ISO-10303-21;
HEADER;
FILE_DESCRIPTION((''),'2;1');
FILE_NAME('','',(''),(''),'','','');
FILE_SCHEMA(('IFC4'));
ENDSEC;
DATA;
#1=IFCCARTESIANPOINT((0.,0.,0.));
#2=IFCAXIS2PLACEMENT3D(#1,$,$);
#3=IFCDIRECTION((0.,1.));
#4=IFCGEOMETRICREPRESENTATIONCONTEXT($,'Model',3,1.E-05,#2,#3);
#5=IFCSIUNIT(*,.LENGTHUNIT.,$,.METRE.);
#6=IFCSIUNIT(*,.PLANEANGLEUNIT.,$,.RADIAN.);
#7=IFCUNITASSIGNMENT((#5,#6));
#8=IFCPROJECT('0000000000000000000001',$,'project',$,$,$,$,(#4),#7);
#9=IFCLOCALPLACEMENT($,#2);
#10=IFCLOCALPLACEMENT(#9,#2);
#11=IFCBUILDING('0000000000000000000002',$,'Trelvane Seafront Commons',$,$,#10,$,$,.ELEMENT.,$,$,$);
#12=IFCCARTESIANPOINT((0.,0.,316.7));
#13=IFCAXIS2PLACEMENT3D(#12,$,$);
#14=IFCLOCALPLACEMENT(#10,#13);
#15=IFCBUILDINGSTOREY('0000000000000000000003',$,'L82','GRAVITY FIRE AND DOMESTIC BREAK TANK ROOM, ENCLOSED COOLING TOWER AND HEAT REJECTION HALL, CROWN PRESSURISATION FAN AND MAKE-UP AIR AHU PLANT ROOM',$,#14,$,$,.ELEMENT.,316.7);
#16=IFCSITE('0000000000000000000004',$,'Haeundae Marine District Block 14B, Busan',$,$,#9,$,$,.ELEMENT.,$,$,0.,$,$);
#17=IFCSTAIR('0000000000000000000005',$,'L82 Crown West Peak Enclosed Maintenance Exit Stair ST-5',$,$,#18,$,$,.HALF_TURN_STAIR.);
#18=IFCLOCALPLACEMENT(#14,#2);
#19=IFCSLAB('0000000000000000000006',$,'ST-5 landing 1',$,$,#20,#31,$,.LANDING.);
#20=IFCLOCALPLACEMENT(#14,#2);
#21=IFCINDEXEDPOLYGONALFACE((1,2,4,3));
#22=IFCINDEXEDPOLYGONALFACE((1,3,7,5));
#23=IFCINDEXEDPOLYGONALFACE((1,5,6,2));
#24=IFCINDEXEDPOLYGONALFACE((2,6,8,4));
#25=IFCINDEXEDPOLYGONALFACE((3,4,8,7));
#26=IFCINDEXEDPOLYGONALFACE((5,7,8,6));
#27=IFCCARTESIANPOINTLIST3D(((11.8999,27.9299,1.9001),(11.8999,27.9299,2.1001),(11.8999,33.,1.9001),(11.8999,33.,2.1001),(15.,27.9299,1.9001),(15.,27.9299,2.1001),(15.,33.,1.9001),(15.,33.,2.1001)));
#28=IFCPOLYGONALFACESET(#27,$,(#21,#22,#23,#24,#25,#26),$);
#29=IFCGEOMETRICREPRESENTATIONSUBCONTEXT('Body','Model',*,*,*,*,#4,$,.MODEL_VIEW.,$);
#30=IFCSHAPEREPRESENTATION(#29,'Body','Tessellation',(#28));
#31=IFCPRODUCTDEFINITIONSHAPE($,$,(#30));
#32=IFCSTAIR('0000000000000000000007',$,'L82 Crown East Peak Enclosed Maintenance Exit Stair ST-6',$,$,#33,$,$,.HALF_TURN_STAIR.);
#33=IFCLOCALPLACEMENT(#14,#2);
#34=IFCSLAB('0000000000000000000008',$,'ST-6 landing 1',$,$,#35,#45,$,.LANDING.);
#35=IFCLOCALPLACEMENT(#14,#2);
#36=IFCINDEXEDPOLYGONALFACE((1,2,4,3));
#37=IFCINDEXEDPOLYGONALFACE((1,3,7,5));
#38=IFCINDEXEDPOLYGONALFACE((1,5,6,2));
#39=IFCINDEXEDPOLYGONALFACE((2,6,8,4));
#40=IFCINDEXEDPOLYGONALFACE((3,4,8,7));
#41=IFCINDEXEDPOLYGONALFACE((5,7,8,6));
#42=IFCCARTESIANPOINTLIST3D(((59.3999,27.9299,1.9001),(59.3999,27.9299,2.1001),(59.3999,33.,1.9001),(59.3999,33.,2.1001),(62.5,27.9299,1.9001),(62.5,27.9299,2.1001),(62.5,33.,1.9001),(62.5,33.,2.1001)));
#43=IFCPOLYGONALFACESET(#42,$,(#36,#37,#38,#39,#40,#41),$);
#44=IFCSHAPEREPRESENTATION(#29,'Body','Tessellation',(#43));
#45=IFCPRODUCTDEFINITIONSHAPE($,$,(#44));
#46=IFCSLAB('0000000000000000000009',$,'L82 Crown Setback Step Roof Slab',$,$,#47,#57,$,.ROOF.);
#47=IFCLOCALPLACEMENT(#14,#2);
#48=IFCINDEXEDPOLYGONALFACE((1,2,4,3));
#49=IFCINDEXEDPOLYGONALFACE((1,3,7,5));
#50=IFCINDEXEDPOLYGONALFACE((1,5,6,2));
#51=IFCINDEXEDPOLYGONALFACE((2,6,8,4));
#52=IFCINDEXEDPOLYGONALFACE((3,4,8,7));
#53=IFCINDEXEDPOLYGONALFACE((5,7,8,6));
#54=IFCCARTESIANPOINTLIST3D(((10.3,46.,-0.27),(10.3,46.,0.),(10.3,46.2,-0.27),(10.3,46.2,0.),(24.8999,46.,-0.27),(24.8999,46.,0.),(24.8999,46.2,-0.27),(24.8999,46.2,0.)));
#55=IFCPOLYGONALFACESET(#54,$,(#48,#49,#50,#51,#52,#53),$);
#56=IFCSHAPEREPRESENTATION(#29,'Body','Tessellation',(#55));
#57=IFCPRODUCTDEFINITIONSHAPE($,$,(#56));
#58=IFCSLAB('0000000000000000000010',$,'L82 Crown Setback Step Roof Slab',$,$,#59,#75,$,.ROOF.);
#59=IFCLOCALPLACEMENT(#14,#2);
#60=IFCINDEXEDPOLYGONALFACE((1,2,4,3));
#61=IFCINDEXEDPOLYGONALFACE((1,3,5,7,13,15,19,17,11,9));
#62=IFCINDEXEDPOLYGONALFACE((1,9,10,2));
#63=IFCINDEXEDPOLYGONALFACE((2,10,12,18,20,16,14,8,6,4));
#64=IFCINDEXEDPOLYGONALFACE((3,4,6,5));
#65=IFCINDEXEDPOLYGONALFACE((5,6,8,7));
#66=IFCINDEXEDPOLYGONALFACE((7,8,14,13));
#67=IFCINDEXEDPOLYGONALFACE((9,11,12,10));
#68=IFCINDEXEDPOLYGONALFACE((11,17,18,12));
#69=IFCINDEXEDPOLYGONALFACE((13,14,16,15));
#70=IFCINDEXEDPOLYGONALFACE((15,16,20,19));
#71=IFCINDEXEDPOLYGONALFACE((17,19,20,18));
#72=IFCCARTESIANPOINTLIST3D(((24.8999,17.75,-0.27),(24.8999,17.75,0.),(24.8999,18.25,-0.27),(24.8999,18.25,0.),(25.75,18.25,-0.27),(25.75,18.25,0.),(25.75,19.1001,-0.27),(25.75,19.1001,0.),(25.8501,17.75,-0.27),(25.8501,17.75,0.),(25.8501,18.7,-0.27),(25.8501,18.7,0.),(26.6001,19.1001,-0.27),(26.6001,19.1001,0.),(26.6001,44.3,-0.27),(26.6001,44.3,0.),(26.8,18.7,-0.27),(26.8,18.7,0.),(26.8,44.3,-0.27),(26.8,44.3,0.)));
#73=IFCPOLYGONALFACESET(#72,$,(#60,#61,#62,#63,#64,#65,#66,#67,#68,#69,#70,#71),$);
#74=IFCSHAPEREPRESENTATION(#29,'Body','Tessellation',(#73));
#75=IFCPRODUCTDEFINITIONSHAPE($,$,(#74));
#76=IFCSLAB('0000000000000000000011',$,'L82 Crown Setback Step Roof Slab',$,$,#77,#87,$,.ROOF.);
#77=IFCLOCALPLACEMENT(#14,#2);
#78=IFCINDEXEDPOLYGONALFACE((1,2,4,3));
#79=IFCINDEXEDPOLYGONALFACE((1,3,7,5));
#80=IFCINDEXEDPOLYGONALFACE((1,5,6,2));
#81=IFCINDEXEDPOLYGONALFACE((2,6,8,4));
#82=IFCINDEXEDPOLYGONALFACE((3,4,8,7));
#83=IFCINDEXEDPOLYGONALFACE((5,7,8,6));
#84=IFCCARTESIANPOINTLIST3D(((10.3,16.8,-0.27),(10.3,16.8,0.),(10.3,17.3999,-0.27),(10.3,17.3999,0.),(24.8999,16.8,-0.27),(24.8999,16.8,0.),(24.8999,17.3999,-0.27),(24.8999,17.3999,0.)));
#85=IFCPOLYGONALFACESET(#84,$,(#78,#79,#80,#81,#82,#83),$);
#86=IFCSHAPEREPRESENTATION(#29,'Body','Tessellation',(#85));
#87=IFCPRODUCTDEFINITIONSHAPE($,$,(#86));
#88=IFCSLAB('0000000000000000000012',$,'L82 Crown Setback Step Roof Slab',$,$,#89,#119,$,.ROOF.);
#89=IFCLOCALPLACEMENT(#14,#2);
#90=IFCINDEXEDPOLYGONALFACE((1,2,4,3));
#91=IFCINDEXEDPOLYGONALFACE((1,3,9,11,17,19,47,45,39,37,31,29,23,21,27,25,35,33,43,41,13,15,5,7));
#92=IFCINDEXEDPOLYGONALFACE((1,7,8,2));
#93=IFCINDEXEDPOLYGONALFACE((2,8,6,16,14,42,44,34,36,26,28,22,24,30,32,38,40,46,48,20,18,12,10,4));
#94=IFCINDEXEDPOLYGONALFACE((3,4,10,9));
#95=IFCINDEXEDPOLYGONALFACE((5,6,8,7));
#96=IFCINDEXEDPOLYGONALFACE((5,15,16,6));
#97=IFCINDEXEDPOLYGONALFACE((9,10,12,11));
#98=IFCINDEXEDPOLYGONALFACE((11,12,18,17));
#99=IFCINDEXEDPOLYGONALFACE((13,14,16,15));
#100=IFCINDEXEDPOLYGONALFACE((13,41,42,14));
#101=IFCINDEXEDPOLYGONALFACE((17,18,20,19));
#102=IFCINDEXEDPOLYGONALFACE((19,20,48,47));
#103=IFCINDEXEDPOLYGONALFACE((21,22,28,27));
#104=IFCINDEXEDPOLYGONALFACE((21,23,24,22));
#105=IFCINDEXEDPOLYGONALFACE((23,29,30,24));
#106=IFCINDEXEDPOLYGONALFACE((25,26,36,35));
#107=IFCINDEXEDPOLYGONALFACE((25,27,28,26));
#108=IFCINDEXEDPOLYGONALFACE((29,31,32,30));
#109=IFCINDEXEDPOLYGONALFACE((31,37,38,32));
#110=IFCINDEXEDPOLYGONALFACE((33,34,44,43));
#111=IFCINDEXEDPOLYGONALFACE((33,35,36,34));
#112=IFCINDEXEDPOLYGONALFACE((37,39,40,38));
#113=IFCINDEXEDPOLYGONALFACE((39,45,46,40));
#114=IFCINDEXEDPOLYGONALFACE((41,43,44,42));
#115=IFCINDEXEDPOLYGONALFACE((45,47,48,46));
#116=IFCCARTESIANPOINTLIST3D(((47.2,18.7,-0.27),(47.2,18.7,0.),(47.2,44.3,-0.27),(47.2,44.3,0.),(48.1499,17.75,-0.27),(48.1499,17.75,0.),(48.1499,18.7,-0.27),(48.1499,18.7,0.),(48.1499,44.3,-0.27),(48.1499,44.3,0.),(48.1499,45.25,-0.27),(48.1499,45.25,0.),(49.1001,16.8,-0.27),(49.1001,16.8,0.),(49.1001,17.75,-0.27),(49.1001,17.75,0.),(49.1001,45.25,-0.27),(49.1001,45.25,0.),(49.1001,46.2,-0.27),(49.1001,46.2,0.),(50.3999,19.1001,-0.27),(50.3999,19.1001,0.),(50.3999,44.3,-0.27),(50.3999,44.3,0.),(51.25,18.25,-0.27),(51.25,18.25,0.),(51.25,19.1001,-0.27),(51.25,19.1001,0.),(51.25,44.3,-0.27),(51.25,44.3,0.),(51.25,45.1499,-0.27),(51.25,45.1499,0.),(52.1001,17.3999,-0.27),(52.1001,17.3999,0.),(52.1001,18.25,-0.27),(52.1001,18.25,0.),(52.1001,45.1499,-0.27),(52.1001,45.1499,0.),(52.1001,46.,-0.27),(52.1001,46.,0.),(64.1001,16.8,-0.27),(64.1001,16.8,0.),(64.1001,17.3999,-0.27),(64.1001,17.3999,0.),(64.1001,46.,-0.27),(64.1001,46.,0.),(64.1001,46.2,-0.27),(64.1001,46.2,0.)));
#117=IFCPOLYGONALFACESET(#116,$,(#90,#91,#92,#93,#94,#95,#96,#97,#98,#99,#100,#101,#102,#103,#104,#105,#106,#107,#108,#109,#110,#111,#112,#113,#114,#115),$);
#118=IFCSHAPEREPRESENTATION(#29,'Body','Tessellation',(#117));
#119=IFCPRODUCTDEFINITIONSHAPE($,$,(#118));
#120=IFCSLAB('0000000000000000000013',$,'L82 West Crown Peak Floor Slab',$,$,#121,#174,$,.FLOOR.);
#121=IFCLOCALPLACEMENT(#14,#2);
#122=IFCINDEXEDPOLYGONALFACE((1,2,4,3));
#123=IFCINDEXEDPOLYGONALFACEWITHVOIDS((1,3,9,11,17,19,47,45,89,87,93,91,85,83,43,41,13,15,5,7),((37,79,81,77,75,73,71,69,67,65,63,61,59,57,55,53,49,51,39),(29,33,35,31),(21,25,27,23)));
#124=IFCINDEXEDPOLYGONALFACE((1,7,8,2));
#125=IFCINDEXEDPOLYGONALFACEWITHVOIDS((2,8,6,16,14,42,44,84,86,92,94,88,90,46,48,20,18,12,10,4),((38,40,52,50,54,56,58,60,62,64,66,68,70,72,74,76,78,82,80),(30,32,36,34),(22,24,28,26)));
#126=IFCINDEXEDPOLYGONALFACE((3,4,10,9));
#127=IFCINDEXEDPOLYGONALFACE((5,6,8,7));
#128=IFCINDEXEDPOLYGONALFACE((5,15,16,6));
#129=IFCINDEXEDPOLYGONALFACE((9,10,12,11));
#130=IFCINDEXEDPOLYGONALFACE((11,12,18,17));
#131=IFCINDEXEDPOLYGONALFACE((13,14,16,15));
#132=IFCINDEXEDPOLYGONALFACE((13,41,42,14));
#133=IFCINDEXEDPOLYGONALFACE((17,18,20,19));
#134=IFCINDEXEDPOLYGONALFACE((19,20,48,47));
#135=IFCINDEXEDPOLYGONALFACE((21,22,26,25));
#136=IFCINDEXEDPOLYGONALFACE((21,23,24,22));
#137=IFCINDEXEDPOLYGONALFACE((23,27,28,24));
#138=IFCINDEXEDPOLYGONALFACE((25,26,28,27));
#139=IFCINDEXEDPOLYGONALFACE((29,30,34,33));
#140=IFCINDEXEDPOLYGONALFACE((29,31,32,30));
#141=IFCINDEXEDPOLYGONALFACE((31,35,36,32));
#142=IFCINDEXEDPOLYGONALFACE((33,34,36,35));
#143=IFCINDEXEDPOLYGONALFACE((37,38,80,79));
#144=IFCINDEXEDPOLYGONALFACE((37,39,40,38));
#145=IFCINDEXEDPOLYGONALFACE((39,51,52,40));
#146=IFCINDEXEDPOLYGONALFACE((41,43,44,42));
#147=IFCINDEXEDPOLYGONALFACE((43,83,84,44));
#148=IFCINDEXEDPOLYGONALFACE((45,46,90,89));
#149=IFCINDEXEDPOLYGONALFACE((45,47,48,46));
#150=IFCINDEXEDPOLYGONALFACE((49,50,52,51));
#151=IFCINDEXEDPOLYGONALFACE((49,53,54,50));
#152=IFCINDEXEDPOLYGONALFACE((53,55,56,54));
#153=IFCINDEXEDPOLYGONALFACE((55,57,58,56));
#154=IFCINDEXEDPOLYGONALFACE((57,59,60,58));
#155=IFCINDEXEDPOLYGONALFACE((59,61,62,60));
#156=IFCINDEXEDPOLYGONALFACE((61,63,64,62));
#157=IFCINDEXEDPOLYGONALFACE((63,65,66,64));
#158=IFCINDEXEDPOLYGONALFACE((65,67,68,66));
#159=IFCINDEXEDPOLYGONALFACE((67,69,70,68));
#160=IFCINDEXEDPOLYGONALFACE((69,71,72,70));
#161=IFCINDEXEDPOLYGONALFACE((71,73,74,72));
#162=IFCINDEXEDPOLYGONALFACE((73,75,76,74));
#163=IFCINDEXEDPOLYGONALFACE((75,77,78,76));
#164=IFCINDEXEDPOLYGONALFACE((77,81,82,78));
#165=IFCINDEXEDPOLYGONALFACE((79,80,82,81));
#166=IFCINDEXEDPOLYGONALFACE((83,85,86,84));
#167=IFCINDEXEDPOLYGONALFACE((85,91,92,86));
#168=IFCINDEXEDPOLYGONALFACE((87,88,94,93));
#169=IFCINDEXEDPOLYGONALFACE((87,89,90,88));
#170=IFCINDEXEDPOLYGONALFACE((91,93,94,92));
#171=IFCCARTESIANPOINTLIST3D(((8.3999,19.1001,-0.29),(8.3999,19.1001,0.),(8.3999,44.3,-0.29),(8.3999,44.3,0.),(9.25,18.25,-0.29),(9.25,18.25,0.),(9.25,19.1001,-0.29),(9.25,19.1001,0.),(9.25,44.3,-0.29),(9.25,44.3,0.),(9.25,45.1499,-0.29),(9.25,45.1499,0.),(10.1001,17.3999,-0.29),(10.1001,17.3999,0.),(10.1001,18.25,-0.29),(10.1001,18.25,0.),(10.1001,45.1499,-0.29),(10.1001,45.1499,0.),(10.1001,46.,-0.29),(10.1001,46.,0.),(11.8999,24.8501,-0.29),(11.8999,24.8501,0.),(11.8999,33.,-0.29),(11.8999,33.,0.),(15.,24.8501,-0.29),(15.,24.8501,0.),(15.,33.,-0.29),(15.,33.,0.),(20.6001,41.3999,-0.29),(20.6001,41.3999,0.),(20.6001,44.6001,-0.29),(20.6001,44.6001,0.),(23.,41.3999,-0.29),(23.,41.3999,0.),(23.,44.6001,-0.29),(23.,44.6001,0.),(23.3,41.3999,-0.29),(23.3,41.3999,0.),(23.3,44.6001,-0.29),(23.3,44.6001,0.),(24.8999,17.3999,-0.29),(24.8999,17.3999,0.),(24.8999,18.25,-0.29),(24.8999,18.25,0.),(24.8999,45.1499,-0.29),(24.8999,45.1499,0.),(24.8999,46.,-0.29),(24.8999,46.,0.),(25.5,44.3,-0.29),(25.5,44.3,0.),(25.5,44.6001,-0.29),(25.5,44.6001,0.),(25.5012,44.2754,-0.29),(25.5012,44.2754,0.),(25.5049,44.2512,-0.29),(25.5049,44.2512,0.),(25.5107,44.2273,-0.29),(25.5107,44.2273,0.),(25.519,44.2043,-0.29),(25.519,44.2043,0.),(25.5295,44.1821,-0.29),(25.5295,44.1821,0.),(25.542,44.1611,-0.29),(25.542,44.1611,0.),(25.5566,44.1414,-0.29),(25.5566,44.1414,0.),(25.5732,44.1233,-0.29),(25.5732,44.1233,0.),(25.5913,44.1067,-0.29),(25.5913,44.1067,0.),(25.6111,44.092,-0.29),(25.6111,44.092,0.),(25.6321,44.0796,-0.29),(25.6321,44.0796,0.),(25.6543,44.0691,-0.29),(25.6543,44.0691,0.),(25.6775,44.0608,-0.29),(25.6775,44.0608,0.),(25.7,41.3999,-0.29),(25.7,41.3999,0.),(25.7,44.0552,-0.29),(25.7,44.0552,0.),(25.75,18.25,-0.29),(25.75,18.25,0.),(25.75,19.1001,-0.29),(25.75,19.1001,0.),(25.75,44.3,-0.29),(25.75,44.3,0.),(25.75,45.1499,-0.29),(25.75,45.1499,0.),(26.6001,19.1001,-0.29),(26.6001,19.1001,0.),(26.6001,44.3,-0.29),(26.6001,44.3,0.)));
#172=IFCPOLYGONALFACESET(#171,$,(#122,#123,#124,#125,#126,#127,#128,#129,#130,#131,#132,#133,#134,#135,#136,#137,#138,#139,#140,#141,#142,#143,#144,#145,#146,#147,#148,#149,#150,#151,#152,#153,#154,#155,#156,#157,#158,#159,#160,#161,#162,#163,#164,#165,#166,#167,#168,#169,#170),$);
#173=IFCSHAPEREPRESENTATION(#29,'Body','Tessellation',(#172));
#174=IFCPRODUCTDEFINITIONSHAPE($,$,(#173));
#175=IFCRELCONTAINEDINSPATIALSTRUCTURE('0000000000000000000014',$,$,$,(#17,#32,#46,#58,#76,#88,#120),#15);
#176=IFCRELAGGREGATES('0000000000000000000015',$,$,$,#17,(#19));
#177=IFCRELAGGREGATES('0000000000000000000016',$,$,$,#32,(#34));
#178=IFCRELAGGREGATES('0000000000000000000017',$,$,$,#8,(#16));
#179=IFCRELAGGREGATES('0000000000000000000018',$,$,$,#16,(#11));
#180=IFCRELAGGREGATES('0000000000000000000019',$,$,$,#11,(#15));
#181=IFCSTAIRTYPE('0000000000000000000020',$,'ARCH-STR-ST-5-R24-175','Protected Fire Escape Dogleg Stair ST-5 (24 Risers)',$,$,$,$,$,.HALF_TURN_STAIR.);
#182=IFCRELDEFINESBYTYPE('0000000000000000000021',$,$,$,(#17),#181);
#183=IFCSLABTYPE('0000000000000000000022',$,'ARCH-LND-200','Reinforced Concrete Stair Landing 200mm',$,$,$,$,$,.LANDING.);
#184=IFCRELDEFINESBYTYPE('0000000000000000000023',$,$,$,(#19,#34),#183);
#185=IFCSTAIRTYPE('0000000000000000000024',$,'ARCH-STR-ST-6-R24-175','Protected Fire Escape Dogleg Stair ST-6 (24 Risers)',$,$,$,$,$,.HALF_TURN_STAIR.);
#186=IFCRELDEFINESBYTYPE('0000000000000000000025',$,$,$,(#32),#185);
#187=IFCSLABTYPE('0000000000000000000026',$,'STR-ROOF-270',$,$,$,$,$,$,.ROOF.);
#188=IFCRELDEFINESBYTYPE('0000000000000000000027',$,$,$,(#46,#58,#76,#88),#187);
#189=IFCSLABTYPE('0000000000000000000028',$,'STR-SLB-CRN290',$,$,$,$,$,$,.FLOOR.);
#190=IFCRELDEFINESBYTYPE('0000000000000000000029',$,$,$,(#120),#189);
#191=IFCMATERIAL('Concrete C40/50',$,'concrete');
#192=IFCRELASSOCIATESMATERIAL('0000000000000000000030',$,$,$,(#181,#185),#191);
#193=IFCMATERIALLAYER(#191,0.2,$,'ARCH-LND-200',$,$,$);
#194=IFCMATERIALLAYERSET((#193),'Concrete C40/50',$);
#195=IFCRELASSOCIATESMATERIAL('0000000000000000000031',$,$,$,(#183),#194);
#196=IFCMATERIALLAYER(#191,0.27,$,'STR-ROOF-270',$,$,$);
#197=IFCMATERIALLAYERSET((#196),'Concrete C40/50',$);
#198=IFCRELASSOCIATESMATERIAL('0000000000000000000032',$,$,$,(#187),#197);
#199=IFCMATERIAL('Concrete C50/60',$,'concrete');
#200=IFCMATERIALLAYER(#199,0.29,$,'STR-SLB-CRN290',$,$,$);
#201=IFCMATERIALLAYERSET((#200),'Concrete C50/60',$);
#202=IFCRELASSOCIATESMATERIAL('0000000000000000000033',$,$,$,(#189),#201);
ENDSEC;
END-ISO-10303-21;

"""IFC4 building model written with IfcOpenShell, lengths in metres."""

from ifc_helpers import new_model, si_unit, direction, frame, origin, place, context, subcontext, project, spatial, polyline, outline, extrude, material, layer, layer_set, type_object, element, aggregate, save


model = new_model("IFC4")

# Units and contexts
model_context = context("Model", 3, precision=1e-05, world=origin(), true_north=direction((0.0, 1.0)))
body_context = subcontext(model_context, "Body", "Model", "MODEL_VIEW")
ifc_project = project(units=[si_unit("LENGTHUNIT", "METRE"), si_unit("PLANEANGLEUNIT", "RADIAN")], contexts=[model_context])

# Site, building, storey
site_placement = place(None, origin())
site = spatial("IfcSite", under=ifc_project, at=site_placement, Name="Haeundae Marine District Block 14B, Busan", CompositionType="ELEMENT", RefElevation=0.0)
building_placement = place(site_placement, origin())
building = spatial("IfcBuilding", under=site, at=building_placement, Name="Trelvane Seafront Commons", CompositionType="ELEMENT")
storey_placement = place(building_placement, frame((0.0, 0.0, 316.7)))
storey = spatial("IfcBuildingStorey", under=building, at=storey_placement, Name="L82", Description="GRAVITY FIRE AND DOMESTIC BREAK TANK ROOM, ENCLOSED COOLING TOWER AND HEAT REJECTION HALL, CROWN PRESSURISATION FAN AND MAKE-UP AIR AHU PLANT ROOM", CompositionType="ELEMENT", Elevation=316.7)

# Stairs, slabs
ifc_material_1 = material(Name="Concrete C40/50", Category="concrete")
stair_type_1 = type_object("IfcStairType", Name="ARCH-STR-ST-5-R24-175", Description="Protected Fire Escape Dogleg Stair ST-5 (24 Risers)", PredefinedType="HALF_TURN_STAIR", material=ifc_material_1)
stair_1_placement = place(storey_placement, origin())
stair_1 = element("IfcStair", 1, at=stair_1_placement, inside=storey, type_object=stair_type_1, Name="L82 Crown West Peak Enclosed Maintenance Exit Stair ST-5", PredefinedType="HALF_TURN_STAIR")
ifc_layer_1 = layer(ifc_material_1, 0.2, Name="ARCH-LND-200")
ifc_layer_set_1 = layer_set([ifc_layer_1], Name="Concrete C40/50")
slab_type_1 = type_object("IfcSlabType", Name="ARCH-LND-200", Description="Reinforced Concrete Stair Landing 200mm", PredefinedType="LANDING", material=ifc_layer_set_1)
slab_1_placement = place(storey_placement, frame((0.0, 0.0, 1.9001)))
slab_1 = element("IfcSlab", 2, at=slab_1_placement, type_object=slab_type_1, Name="ST-5 landing 1", PredefinedType="LANDING", context=body_context, shape_type="SweptSolid", body=[
    extrude(outline(polyline([(15.0, 27.9299), (15.0, 33.0), (11.8999, 33.0), (11.8999, 27.9299), (15.0, 27.9299)])), origin(), (0.0, 0.0, 1.0), 0.2),
])
aggregate(stair_1, [slab_1])
stair_type_2 = type_object("IfcStairType", Name="ARCH-STR-ST-6-R24-175", Description="Protected Fire Escape Dogleg Stair ST-6 (24 Risers)", PredefinedType="HALF_TURN_STAIR", material=ifc_material_1)
stair_2_placement = place(storey_placement, origin())
stair_2 = element("IfcStair", 3, at=stair_2_placement, inside=storey, type_object=stair_type_2, Name="L82 Crown East Peak Enclosed Maintenance Exit Stair ST-6", PredefinedType="HALF_TURN_STAIR")
slab_2_placement = place(storey_placement, frame((0.0, 0.0, 1.9001)))
slab_2 = element("IfcSlab", 4, at=slab_2_placement, type_object=slab_type_1, Name="ST-6 landing 1", PredefinedType="LANDING", context=body_context, shape_type="SweptSolid", body=[
    extrude(outline(polyline([(62.5, 27.9299), (62.5, 33.0), (59.3999, 33.0), (59.3999, 27.9299), (62.5, 27.9299)])), origin(), (0.0, 0.0, 1.0), 0.2),
])
aggregate(stair_2, [slab_2])

# Slabs
ifc_layer_2 = layer(ifc_material_1, 0.27, Name="STR-ROOF-270")
ifc_layer_set_2 = layer_set([ifc_layer_2], Name="Concrete C40/50")
slab_type_2 = type_object("IfcSlabType", Name="STR-ROOF-270", PredefinedType="ROOF", material=ifc_layer_set_2)
slab_3_placement = place(storey_placement, frame((0.0, 0.0, -0.27)))
element("IfcSlab", 5, at=slab_3_placement, inside=storey, type_object=slab_type_2, Name="L82 Crown Setback Step Roof Slab", PredefinedType="ROOF", context=body_context, shape_type="SweptSolid", body=[
    extrude(outline(polyline([(10.3, 46.0), (24.8999, 46.0), (24.8999, 46.2), (10.3, 46.2), (10.3, 46.0)])), origin(), (0.0, 0.0, 1.0), 0.27),
])
slab_4_placement = place(storey_placement, frame((0.0, 0.0, -0.27)))
element("IfcSlab", 6, at=slab_4_placement, inside=storey, type_object=slab_type_2, Name="L82 Crown Setback Step Roof Slab", PredefinedType="ROOF", context=body_context, shape_type="SweptSolid", body=[
    extrude(outline(polyline([(26.6001, 44.3), (26.6001, 19.1001), (25.75, 19.1001), (25.75, 18.25), (24.8999, 18.25), (24.8999, 17.75), (25.8501, 17.75), (25.8501, 18.7), (26.8, 18.7), (26.8, 44.3), (26.6001, 44.3)])), origin(), (0.0, 0.0, 1.0), 0.27),
])
slab_5_placement = place(storey_placement, frame((0.0, 0.0, -0.27)))
element("IfcSlab", 7, at=slab_5_placement, inside=storey, type_object=slab_type_2, Name="L82 Crown Setback Step Roof Slab", PredefinedType="ROOF", context=body_context, shape_type="SweptSolid", body=[
    extrude(outline(polyline([(24.8999, 17.3999), (10.3, 17.3999), (10.3, 16.8), (24.8999, 16.8), (24.8999, 17.3999)])), origin(), (0.0, 0.0, 1.0), 0.27),
])
slab_6_placement = place(storey_placement, frame((0.0, 0.0, -0.27)))
element("IfcSlab", 8, at=slab_6_placement, inside=storey, type_object=slab_type_2, Name="L82 Crown Setback Step Roof Slab", PredefinedType="ROOF", context=body_context, shape_type="SweptSolid", body=[
    extrude(outline(polyline([(49.1001, 17.75), (49.1001, 16.8), (64.1001, 16.8), (64.1001, 17.3999), (52.1001, 17.3999), (52.1001, 18.25), (51.25, 18.25), (51.25, 19.1001), (50.3999, 19.1001), (50.3999, 44.3), (51.25, 44.3), (51.25, 45.1499), (52.1001, 45.1499), (52.1001, 46.0), (64.1001, 46.0), (64.1001, 46.2), (49.1001, 46.2), (49.1001, 45.25), (48.1499, 45.25), (48.1499, 44.3), (47.2, 44.3), (47.2, 18.7), (48.1499, 18.7), (48.1499, 17.75), (49.1001, 17.75)])), origin(), (0.0, 0.0, 1.0), 0.27),
])
ifc_material_2 = material(Name="Concrete C50/60", Category="concrete")
ifc_layer_3 = layer(ifc_material_2, 0.29, Name="STR-SLB-CRN290")
ifc_layer_set_3 = layer_set([ifc_layer_3], Name="Concrete C50/60")
slab_type_3 = type_object("IfcSlabType", Name="STR-SLB-CRN290", PredefinedType="FLOOR", material=ifc_layer_set_3)
slab_7_placement = place(storey_placement, frame((0.0, 0.0, -0.29)))
element("IfcSlab", 9, at=slab_7_placement, inside=storey, type_object=slab_type_3, Name="L82 West Crown Peak Floor Slab", PredefinedType="FLOOR", context=body_context, shape_type="SweptSolid", body=[
    extrude(outline(polyline([(10.1001, 17.3999), (24.8999, 17.3999), (24.8999, 18.25), (25.75, 18.25), (25.75, 19.1001), (26.6001, 19.1001), (26.6001, 44.3), (25.75, 44.3), (25.75, 45.1499), (24.8999, 45.1499), (24.8999, 46.0), (10.1001, 46.0), (10.1001, 45.1499), (9.25, 45.1499), (9.25, 44.3), (8.3999, 44.3), (8.3999, 19.1001), (9.25, 19.1001), (9.25, 18.25), (10.1001, 18.25), (10.1001, 17.3999)]), holes=[polyline([(15.0, 33.0), (15.0, 24.8501), (11.8999, 24.8501), (11.8999, 33.0), (15.0, 33.0)]), polyline([(23.0, 44.6001), (23.0, 41.3999), (20.6001, 41.3999), (20.6001, 44.6001), (23.0, 44.6001)]), polyline([(25.5, 44.6001), (25.5, 44.3), (25.5012, 44.2754), (25.5049, 44.2512), (25.5107, 44.2273), (25.519, 44.2043), (25.5295, 44.1821), (25.542, 44.1611), (25.5566, 44.1414), (25.5732, 44.1233), (25.5913, 44.1067), (25.6111, 44.092), (25.6321, 44.0796), (25.6543, 44.0691), (25.6775, 44.0608), (25.7, 44.0552), (25.7, 41.3999), (23.3, 41.3999), (23.3, 44.6001), (25.5, 44.6001)])]), origin(), (0.0, 0.0, 1.0), 0.29),
])

save(model, "model.ifc")
